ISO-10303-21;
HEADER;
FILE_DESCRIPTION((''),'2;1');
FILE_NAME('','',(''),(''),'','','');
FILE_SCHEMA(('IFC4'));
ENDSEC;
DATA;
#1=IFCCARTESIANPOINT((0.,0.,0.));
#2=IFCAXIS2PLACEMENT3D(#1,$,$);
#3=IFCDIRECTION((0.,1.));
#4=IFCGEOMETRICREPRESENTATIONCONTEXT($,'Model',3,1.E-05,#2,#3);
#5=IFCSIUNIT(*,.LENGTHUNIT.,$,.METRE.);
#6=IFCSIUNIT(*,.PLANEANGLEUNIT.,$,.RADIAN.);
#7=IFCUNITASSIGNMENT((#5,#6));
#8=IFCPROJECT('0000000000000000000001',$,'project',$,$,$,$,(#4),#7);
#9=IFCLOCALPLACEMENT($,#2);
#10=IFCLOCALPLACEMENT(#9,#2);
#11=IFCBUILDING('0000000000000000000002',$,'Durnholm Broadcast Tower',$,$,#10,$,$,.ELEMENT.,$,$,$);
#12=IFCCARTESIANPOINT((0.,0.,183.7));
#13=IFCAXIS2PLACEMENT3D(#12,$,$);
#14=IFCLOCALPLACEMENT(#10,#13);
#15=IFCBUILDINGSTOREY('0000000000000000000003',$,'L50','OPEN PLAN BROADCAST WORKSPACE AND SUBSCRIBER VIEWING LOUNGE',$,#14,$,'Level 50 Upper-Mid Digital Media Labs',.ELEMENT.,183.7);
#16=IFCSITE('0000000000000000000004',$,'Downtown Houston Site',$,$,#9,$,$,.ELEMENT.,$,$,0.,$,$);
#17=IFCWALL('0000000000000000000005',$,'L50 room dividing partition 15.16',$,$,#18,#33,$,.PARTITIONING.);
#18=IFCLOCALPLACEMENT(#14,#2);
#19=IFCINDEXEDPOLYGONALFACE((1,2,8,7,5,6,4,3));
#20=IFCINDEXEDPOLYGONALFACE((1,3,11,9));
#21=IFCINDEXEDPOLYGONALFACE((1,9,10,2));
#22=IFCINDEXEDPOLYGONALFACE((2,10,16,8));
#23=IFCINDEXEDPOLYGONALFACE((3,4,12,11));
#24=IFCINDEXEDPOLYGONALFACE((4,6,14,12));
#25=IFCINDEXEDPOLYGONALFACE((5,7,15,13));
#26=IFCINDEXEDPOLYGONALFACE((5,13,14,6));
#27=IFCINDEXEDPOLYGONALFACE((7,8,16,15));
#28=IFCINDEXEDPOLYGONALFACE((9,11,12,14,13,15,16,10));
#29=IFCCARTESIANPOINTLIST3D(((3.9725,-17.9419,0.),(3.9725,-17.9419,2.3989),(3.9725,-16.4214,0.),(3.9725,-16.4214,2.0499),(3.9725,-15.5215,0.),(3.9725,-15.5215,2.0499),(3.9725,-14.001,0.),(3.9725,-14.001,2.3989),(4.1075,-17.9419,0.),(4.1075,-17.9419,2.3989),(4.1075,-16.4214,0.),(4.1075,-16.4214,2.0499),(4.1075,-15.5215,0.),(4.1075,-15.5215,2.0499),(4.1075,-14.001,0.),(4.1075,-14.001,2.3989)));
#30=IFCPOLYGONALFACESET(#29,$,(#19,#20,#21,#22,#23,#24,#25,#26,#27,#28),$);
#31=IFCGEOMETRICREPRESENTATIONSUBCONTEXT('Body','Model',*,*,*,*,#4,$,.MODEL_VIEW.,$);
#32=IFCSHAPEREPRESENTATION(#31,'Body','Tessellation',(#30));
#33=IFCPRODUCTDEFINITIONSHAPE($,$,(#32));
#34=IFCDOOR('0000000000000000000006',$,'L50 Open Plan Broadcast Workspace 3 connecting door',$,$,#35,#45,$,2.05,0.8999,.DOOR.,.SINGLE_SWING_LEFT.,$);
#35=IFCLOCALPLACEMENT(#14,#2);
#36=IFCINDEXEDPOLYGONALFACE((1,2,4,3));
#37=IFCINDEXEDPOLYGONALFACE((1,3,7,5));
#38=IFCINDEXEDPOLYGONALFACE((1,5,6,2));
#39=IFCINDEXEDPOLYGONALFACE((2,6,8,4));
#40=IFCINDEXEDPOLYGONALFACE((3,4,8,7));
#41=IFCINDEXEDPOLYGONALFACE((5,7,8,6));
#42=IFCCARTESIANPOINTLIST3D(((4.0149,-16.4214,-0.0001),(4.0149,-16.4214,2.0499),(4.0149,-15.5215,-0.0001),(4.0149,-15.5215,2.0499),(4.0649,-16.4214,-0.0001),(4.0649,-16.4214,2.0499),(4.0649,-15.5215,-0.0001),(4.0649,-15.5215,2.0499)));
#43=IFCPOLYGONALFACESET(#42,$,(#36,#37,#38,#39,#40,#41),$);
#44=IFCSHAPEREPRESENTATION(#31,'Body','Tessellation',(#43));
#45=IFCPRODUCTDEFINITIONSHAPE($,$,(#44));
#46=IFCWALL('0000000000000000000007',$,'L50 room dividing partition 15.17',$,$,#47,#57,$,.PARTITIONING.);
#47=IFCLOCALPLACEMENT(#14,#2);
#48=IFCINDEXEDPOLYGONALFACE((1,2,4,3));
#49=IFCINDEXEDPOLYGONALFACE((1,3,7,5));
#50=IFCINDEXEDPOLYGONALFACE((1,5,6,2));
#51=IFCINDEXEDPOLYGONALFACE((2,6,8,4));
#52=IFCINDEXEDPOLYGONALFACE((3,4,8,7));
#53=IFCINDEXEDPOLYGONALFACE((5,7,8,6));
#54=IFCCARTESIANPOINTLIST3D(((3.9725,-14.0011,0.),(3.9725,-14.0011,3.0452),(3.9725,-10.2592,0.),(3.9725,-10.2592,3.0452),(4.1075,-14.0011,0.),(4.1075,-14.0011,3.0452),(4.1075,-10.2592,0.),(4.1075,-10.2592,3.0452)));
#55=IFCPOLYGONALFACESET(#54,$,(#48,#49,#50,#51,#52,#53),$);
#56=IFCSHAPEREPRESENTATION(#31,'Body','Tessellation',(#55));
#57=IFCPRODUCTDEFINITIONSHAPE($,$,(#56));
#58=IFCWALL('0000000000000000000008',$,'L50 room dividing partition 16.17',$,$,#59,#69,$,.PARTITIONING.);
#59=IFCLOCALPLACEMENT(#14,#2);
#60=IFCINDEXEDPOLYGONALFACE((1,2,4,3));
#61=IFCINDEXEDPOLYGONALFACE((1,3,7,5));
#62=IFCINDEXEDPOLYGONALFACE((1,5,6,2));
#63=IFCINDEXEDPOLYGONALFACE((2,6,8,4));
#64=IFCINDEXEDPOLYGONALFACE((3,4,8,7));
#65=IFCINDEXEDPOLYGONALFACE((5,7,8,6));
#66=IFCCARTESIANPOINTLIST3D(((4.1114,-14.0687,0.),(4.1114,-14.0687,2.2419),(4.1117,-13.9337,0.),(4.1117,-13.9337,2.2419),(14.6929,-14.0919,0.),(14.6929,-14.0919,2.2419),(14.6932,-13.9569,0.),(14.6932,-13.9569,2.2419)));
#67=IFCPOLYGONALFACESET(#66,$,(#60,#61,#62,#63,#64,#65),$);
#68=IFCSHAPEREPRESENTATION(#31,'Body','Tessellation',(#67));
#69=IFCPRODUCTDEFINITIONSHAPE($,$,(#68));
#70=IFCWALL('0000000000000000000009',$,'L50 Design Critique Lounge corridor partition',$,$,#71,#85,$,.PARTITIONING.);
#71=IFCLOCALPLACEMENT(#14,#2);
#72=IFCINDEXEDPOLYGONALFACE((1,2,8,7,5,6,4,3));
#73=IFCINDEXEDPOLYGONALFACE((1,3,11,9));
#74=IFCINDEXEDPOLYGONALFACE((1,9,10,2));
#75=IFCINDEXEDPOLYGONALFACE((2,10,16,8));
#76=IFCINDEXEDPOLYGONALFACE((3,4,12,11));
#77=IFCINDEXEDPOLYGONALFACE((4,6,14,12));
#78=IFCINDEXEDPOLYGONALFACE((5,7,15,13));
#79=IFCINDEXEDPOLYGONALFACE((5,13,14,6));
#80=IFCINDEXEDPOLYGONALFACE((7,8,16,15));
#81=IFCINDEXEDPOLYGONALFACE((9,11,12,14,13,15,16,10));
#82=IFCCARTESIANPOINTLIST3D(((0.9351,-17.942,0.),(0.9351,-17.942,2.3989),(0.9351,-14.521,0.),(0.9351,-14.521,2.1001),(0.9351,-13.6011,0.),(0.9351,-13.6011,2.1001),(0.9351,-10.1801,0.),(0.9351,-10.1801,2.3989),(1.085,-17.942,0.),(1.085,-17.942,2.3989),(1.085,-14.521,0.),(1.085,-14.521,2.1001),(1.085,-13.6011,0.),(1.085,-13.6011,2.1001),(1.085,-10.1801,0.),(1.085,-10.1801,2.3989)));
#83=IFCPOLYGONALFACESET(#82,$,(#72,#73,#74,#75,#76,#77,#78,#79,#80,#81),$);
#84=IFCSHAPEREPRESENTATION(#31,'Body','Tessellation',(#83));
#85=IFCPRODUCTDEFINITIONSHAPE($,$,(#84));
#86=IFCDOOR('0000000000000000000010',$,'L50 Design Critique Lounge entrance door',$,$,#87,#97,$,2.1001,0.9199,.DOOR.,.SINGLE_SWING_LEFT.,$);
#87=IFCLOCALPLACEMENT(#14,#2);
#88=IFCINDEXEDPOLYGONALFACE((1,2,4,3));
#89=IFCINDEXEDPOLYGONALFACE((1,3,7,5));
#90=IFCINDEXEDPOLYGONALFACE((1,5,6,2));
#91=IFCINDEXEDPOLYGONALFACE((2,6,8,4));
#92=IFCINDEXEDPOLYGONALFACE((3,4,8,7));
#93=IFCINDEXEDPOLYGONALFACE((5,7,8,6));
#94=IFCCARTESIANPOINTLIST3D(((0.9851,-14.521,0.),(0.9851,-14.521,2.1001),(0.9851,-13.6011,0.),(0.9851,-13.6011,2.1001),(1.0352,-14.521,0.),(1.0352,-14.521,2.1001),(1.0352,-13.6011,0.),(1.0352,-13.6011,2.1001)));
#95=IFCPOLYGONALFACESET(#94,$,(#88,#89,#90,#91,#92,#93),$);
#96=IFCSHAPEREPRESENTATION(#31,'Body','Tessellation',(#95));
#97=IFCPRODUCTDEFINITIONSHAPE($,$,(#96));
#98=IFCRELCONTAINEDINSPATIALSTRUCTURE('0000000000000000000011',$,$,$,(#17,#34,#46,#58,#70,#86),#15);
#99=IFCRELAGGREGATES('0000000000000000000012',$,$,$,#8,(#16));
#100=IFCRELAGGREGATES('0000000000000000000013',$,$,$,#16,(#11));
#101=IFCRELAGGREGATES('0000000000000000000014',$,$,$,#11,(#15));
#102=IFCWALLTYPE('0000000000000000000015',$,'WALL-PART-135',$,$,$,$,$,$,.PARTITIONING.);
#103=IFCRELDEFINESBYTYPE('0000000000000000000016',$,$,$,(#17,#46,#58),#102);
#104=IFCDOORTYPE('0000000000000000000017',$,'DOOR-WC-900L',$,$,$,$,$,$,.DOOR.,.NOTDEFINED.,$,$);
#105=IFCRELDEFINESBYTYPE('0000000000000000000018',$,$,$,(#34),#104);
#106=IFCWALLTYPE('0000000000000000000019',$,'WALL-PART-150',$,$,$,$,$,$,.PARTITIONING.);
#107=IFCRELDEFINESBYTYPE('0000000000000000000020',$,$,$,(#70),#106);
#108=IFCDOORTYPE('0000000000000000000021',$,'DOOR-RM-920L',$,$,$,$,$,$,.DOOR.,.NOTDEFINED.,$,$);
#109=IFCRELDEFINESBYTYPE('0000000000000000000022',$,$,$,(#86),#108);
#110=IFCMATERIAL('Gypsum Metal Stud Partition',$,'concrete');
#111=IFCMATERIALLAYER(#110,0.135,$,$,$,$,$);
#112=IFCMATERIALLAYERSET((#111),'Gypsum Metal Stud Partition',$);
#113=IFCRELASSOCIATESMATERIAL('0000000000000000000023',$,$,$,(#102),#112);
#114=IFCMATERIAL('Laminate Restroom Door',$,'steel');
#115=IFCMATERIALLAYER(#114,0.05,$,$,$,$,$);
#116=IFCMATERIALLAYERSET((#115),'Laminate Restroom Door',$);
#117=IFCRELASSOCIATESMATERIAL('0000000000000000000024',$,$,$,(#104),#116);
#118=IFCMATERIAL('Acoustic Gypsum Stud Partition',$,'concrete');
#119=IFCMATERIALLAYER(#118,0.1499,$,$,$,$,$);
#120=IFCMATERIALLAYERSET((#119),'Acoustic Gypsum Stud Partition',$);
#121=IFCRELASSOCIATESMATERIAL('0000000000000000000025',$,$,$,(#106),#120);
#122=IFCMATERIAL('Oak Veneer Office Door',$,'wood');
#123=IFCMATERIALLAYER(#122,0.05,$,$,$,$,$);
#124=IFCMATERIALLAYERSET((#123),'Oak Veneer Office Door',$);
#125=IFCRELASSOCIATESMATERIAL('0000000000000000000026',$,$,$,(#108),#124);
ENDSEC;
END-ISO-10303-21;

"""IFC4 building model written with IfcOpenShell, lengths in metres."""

from ifc_helpers import new_model, si_unit, direction, frame, frame_2d, origin, place, context, subcontext, project, spatial, rectangle, extrude, source, transform, mapped, material, layer, layer_set, type_object, type_shapes, element, fill, save


model = new_model("IFC4")

# Units and contexts
model_context = context("Model", 3, precision=1e-05, world=origin(), true_north=direction((0.0, 1.0)))
body_context = subcontext(model_context, "Body", "Model", "MODEL_VIEW")
ifc_project = project(units=[si_unit("LENGTHUNIT", "METRE"), si_unit("PLANEANGLEUNIT", "RADIAN")], contexts=[model_context])

# Site, building, storey
site_placement = place(None, origin())
site = spatial("IfcSite", under=ifc_project, at=site_placement, Name="Downtown Houston Site", CompositionType="ELEMENT", RefElevation=0.0)
building_placement = place(site_placement, origin())
building = spatial("IfcBuilding", under=site, at=building_placement, Name="Durnholm Broadcast Tower", CompositionType="ELEMENT")
storey_placement = place(building_placement, frame((0.0, 0.0, 183.7)))
storey = spatial("IfcBuildingStorey", under=building, at=storey_placement, Name="L50", Description="OPEN PLAN BROADCAST WORKSPACE AND SUBSCRIBER VIEWING LOUNGE", LongName="Level 50 Upper-Mid Digital Media Labs", CompositionType="ELEMENT", Elevation=183.7)

# Wall, opening, door
ifc_material_1 = material(Name="Gypsum Metal Stud Partition", Category="concrete")
ifc_layer_1 = layer(ifc_material_1, 0.135)
ifc_layer_set_1 = layer_set([ifc_layer_1], Name="Gypsum Metal Stud Partition")
wall_type_1 = type_object("IfcWallType", Name="WALL-PART-135", PredefinedType="PARTITIONING", material=ifc_layer_set_1)
wall_1_placement = place(storey_placement, frame((4.04, -14.001, 0.0), z_axis=(0.0, 0.0, 1.0), x_axis=(0.0, -1.0, 0.0)))
wall_1 = element("IfcWall", 1, at=wall_1_placement, inside=storey, type_object=wall_type_1, Name="L50 room dividing partition 15.16", PredefinedType="PARTITIONING", context=body_context, shape_type="SweptSolid", body=[
    extrude(rectangle(XDim=3.9409, YDim=0.135, at=frame_2d((1.9705, 0.0))), origin(), (0.0, 0.0, 1.0), 2.3989),
])
opening_1_placement = place(wall_1_placement, frame((1.5205, 0.0, 0.0)))
opening_1 = element("IfcOpeningElement", 2, at=opening_1_placement, cuts=wall_1, PredefinedType="OPENING", context=body_context, shape_type="SweptSolid", body=[
    extrude(rectangle(XDim=0.8999, YDim=2.05, at=frame_2d((0.45, 1.0249))), frame((0.0, 0.0776, 0.0), z_axis=(0.0, -1.0, 0.0), x_axis=(1.0, 0.0, 0.0)), (0.0, 0.0, 1.0), 0.155),
])
ifc_material_2 = material(Name="Laminate Restroom Door", Category="steel")
ifc_layer_2 = layer(ifc_material_2, 0.05)
ifc_layer_set_2 = layer_set([ifc_layer_2], Name="Laminate Restroom Door")
door_type_1 = type_object("IfcDoorType", Name="DOOR-WC-900L", OperationType="NOTDEFINED", PredefinedType="DOOR", material=ifc_layer_set_2)
shared_shape_1 = source(origin(), body_context, "Body", "SweptSolid", [
    extrude(rectangle(XDim=0.8999, YDim=2.05, at=frame_2d((0.45, 1.0249))), frame((0.0, 0.0249, 0.0), z_axis=(0.0, -1.0, 0.0), x_axis=(1.0, 0.0, 0.0)), (0.0, 0.0, 1.0), 0.05),
])
type_shapes(door_type_1, [shared_shape_1])
door_1_placement = place(opening_1_placement, origin())
door_1 = element("IfcDoor", 3, at=door_1_placement, inside=storey, type_object=door_type_1, Name="L50 Open Plan Broadcast Workspace 3 connecting door", OperationType="SINGLE_SWING_LEFT", OverallHeight=2.05, OverallWidth=0.8999, PredefinedType="DOOR", context=body_context, shape_type="MappedRepresentation", body=[
    mapped(shared_shape_1, transform((0.0, 0.0, 0.0), x_axis=(1.0, 0.0, 0.0), y_axis=(0.0, 1.0, 0.0), z_axis=(0.0, 0.0, 1.0), scale=1.0)),
])
fill(opening_1, door_1)

# Walls
wall_2_placement = place(storey_placement, frame((4.04, -10.259, 0.0), z_axis=(0.0, 0.0, 1.0), x_axis=(0.0, -1.0, 0.0)))
element("IfcWall", 4, at=wall_2_placement, inside=storey, type_object=wall_type_1, Name="L50 room dividing partition 15.17", PredefinedType="PARTITIONING", context=body_context, shape_type="SweptSolid", body=[
    extrude(rectangle(XDim=3.7419, YDim=0.135, at=frame_2d((1.8711, 0.0))), origin(), (0.0, 0.0, 1.0), 3.0452),
])
wall_3_placement = place(storey_placement, frame((4.1116, -14.0012, 0.0), z_axis=(0.0, 0.0, 1.0), x_axis=(0.999998, -0.002192, 0.0)))
element("IfcWall", 5, at=wall_3_placement, inside=storey, type_object=wall_type_1, Name="L50 room dividing partition 16.17", PredefinedType="PARTITIONING", context=body_context, shape_type="SweptSolid", body=[
    extrude(rectangle(XDim=10.5815, YDim=0.135, at=frame_2d((5.2908, 0.0))), origin(), (0.0, 0.0, 1.0), 2.2419),
])

# Wall, opening, door
ifc_material_3 = material(Name="Acoustic Gypsum Stud Partition", Category="concrete")
ifc_layer_3 = layer(ifc_material_3, 0.1499)
ifc_layer_set_3 = layer_set([ifc_layer_3], Name="Acoustic Gypsum Stud Partition")
wall_type_2 = type_object("IfcWallType", Name="WALL-PART-150", PredefinedType="PARTITIONING", material=ifc_layer_set_3)
wall_4_placement = place(storey_placement, frame((1.01, -17.9419, 0.0), z_axis=(0.0, 0.0, 1.0), x_axis=(0.0, 1.0, 0.0)))
wall_4 = element("IfcWall", 6, at=wall_4_placement, inside=storey, type_object=wall_type_2, Name="L50 Design Critique Lounge corridor partition", PredefinedType="PARTITIONING", context=body_context, shape_type="SweptSolid", body=[
    extrude(rectangle(XDim=7.762, YDim=0.1499, at=frame_2d((3.8809, 0.0))), origin(), (0.0, 0.0, 1.0), 2.3989),
])
opening_2_placement = place(wall_4_placement, frame((3.4209, 0.0, 0.0)))
opening_2 = element("IfcOpeningElement", 7, at=opening_2_placement, cuts=wall_4, PredefinedType="OPENING", context=body_context, shape_type="SweptSolid", body=[
    extrude(rectangle(XDim=0.9199, YDim=2.1001, at=frame_2d((0.46, 1.05))), frame((0.0, 0.085, 0.0), z_axis=(0.0, -1.0, 0.0), x_axis=(1.0, 0.0, 0.0)), (0.0, 0.0, 1.0), 0.1699),
])
ifc_material_4 = material(Name="Oak Veneer Office Door", Category="wood")
ifc_layer_4 = layer(ifc_material_4, 0.05)
ifc_layer_set_4 = layer_set([ifc_layer_4], Name="Oak Veneer Office Door")
door_type_2 = type_object("IfcDoorType", Name="DOOR-RM-920L", OperationType="NOTDEFINED", PredefinedType="DOOR", material=ifc_layer_set_4)
shared_shape_2 = source(origin(), body_context, "Body", "SweptSolid", [
    extrude(rectangle(XDim=0.9199, YDim=2.1001, at=frame_2d((0.46, 1.05))), frame((0.0, 0.0249, 0.0), z_axis=(0.0, -1.0, 0.0), x_axis=(1.0, 0.0, 0.0)), (0.0, 0.0, 1.0), 0.05),
])
type_shapes(door_type_2, [shared_shape_2])
door_2_placement = place(opening_2_placement, origin())
door_2 = element("IfcDoor", 8, at=door_2_placement, inside=storey, type_object=door_type_2, Name="L50 Design Critique Lounge entrance door", OperationType="SINGLE_SWING_LEFT", OverallHeight=2.1001, OverallWidth=0.9199, PredefinedType="DOOR", context=body_context, shape_type="MappedRepresentation", body=[
    mapped(shared_shape_2, transform((0.0, 0.0, 0.0), x_axis=(1.0, 0.0, 0.0), y_axis=(0.0, 1.0, 0.0), z_axis=(0.0, 0.0, 1.0), scale=1.0)),
])
fill(opening_2, door_2)

save(model, "model.ifc")
